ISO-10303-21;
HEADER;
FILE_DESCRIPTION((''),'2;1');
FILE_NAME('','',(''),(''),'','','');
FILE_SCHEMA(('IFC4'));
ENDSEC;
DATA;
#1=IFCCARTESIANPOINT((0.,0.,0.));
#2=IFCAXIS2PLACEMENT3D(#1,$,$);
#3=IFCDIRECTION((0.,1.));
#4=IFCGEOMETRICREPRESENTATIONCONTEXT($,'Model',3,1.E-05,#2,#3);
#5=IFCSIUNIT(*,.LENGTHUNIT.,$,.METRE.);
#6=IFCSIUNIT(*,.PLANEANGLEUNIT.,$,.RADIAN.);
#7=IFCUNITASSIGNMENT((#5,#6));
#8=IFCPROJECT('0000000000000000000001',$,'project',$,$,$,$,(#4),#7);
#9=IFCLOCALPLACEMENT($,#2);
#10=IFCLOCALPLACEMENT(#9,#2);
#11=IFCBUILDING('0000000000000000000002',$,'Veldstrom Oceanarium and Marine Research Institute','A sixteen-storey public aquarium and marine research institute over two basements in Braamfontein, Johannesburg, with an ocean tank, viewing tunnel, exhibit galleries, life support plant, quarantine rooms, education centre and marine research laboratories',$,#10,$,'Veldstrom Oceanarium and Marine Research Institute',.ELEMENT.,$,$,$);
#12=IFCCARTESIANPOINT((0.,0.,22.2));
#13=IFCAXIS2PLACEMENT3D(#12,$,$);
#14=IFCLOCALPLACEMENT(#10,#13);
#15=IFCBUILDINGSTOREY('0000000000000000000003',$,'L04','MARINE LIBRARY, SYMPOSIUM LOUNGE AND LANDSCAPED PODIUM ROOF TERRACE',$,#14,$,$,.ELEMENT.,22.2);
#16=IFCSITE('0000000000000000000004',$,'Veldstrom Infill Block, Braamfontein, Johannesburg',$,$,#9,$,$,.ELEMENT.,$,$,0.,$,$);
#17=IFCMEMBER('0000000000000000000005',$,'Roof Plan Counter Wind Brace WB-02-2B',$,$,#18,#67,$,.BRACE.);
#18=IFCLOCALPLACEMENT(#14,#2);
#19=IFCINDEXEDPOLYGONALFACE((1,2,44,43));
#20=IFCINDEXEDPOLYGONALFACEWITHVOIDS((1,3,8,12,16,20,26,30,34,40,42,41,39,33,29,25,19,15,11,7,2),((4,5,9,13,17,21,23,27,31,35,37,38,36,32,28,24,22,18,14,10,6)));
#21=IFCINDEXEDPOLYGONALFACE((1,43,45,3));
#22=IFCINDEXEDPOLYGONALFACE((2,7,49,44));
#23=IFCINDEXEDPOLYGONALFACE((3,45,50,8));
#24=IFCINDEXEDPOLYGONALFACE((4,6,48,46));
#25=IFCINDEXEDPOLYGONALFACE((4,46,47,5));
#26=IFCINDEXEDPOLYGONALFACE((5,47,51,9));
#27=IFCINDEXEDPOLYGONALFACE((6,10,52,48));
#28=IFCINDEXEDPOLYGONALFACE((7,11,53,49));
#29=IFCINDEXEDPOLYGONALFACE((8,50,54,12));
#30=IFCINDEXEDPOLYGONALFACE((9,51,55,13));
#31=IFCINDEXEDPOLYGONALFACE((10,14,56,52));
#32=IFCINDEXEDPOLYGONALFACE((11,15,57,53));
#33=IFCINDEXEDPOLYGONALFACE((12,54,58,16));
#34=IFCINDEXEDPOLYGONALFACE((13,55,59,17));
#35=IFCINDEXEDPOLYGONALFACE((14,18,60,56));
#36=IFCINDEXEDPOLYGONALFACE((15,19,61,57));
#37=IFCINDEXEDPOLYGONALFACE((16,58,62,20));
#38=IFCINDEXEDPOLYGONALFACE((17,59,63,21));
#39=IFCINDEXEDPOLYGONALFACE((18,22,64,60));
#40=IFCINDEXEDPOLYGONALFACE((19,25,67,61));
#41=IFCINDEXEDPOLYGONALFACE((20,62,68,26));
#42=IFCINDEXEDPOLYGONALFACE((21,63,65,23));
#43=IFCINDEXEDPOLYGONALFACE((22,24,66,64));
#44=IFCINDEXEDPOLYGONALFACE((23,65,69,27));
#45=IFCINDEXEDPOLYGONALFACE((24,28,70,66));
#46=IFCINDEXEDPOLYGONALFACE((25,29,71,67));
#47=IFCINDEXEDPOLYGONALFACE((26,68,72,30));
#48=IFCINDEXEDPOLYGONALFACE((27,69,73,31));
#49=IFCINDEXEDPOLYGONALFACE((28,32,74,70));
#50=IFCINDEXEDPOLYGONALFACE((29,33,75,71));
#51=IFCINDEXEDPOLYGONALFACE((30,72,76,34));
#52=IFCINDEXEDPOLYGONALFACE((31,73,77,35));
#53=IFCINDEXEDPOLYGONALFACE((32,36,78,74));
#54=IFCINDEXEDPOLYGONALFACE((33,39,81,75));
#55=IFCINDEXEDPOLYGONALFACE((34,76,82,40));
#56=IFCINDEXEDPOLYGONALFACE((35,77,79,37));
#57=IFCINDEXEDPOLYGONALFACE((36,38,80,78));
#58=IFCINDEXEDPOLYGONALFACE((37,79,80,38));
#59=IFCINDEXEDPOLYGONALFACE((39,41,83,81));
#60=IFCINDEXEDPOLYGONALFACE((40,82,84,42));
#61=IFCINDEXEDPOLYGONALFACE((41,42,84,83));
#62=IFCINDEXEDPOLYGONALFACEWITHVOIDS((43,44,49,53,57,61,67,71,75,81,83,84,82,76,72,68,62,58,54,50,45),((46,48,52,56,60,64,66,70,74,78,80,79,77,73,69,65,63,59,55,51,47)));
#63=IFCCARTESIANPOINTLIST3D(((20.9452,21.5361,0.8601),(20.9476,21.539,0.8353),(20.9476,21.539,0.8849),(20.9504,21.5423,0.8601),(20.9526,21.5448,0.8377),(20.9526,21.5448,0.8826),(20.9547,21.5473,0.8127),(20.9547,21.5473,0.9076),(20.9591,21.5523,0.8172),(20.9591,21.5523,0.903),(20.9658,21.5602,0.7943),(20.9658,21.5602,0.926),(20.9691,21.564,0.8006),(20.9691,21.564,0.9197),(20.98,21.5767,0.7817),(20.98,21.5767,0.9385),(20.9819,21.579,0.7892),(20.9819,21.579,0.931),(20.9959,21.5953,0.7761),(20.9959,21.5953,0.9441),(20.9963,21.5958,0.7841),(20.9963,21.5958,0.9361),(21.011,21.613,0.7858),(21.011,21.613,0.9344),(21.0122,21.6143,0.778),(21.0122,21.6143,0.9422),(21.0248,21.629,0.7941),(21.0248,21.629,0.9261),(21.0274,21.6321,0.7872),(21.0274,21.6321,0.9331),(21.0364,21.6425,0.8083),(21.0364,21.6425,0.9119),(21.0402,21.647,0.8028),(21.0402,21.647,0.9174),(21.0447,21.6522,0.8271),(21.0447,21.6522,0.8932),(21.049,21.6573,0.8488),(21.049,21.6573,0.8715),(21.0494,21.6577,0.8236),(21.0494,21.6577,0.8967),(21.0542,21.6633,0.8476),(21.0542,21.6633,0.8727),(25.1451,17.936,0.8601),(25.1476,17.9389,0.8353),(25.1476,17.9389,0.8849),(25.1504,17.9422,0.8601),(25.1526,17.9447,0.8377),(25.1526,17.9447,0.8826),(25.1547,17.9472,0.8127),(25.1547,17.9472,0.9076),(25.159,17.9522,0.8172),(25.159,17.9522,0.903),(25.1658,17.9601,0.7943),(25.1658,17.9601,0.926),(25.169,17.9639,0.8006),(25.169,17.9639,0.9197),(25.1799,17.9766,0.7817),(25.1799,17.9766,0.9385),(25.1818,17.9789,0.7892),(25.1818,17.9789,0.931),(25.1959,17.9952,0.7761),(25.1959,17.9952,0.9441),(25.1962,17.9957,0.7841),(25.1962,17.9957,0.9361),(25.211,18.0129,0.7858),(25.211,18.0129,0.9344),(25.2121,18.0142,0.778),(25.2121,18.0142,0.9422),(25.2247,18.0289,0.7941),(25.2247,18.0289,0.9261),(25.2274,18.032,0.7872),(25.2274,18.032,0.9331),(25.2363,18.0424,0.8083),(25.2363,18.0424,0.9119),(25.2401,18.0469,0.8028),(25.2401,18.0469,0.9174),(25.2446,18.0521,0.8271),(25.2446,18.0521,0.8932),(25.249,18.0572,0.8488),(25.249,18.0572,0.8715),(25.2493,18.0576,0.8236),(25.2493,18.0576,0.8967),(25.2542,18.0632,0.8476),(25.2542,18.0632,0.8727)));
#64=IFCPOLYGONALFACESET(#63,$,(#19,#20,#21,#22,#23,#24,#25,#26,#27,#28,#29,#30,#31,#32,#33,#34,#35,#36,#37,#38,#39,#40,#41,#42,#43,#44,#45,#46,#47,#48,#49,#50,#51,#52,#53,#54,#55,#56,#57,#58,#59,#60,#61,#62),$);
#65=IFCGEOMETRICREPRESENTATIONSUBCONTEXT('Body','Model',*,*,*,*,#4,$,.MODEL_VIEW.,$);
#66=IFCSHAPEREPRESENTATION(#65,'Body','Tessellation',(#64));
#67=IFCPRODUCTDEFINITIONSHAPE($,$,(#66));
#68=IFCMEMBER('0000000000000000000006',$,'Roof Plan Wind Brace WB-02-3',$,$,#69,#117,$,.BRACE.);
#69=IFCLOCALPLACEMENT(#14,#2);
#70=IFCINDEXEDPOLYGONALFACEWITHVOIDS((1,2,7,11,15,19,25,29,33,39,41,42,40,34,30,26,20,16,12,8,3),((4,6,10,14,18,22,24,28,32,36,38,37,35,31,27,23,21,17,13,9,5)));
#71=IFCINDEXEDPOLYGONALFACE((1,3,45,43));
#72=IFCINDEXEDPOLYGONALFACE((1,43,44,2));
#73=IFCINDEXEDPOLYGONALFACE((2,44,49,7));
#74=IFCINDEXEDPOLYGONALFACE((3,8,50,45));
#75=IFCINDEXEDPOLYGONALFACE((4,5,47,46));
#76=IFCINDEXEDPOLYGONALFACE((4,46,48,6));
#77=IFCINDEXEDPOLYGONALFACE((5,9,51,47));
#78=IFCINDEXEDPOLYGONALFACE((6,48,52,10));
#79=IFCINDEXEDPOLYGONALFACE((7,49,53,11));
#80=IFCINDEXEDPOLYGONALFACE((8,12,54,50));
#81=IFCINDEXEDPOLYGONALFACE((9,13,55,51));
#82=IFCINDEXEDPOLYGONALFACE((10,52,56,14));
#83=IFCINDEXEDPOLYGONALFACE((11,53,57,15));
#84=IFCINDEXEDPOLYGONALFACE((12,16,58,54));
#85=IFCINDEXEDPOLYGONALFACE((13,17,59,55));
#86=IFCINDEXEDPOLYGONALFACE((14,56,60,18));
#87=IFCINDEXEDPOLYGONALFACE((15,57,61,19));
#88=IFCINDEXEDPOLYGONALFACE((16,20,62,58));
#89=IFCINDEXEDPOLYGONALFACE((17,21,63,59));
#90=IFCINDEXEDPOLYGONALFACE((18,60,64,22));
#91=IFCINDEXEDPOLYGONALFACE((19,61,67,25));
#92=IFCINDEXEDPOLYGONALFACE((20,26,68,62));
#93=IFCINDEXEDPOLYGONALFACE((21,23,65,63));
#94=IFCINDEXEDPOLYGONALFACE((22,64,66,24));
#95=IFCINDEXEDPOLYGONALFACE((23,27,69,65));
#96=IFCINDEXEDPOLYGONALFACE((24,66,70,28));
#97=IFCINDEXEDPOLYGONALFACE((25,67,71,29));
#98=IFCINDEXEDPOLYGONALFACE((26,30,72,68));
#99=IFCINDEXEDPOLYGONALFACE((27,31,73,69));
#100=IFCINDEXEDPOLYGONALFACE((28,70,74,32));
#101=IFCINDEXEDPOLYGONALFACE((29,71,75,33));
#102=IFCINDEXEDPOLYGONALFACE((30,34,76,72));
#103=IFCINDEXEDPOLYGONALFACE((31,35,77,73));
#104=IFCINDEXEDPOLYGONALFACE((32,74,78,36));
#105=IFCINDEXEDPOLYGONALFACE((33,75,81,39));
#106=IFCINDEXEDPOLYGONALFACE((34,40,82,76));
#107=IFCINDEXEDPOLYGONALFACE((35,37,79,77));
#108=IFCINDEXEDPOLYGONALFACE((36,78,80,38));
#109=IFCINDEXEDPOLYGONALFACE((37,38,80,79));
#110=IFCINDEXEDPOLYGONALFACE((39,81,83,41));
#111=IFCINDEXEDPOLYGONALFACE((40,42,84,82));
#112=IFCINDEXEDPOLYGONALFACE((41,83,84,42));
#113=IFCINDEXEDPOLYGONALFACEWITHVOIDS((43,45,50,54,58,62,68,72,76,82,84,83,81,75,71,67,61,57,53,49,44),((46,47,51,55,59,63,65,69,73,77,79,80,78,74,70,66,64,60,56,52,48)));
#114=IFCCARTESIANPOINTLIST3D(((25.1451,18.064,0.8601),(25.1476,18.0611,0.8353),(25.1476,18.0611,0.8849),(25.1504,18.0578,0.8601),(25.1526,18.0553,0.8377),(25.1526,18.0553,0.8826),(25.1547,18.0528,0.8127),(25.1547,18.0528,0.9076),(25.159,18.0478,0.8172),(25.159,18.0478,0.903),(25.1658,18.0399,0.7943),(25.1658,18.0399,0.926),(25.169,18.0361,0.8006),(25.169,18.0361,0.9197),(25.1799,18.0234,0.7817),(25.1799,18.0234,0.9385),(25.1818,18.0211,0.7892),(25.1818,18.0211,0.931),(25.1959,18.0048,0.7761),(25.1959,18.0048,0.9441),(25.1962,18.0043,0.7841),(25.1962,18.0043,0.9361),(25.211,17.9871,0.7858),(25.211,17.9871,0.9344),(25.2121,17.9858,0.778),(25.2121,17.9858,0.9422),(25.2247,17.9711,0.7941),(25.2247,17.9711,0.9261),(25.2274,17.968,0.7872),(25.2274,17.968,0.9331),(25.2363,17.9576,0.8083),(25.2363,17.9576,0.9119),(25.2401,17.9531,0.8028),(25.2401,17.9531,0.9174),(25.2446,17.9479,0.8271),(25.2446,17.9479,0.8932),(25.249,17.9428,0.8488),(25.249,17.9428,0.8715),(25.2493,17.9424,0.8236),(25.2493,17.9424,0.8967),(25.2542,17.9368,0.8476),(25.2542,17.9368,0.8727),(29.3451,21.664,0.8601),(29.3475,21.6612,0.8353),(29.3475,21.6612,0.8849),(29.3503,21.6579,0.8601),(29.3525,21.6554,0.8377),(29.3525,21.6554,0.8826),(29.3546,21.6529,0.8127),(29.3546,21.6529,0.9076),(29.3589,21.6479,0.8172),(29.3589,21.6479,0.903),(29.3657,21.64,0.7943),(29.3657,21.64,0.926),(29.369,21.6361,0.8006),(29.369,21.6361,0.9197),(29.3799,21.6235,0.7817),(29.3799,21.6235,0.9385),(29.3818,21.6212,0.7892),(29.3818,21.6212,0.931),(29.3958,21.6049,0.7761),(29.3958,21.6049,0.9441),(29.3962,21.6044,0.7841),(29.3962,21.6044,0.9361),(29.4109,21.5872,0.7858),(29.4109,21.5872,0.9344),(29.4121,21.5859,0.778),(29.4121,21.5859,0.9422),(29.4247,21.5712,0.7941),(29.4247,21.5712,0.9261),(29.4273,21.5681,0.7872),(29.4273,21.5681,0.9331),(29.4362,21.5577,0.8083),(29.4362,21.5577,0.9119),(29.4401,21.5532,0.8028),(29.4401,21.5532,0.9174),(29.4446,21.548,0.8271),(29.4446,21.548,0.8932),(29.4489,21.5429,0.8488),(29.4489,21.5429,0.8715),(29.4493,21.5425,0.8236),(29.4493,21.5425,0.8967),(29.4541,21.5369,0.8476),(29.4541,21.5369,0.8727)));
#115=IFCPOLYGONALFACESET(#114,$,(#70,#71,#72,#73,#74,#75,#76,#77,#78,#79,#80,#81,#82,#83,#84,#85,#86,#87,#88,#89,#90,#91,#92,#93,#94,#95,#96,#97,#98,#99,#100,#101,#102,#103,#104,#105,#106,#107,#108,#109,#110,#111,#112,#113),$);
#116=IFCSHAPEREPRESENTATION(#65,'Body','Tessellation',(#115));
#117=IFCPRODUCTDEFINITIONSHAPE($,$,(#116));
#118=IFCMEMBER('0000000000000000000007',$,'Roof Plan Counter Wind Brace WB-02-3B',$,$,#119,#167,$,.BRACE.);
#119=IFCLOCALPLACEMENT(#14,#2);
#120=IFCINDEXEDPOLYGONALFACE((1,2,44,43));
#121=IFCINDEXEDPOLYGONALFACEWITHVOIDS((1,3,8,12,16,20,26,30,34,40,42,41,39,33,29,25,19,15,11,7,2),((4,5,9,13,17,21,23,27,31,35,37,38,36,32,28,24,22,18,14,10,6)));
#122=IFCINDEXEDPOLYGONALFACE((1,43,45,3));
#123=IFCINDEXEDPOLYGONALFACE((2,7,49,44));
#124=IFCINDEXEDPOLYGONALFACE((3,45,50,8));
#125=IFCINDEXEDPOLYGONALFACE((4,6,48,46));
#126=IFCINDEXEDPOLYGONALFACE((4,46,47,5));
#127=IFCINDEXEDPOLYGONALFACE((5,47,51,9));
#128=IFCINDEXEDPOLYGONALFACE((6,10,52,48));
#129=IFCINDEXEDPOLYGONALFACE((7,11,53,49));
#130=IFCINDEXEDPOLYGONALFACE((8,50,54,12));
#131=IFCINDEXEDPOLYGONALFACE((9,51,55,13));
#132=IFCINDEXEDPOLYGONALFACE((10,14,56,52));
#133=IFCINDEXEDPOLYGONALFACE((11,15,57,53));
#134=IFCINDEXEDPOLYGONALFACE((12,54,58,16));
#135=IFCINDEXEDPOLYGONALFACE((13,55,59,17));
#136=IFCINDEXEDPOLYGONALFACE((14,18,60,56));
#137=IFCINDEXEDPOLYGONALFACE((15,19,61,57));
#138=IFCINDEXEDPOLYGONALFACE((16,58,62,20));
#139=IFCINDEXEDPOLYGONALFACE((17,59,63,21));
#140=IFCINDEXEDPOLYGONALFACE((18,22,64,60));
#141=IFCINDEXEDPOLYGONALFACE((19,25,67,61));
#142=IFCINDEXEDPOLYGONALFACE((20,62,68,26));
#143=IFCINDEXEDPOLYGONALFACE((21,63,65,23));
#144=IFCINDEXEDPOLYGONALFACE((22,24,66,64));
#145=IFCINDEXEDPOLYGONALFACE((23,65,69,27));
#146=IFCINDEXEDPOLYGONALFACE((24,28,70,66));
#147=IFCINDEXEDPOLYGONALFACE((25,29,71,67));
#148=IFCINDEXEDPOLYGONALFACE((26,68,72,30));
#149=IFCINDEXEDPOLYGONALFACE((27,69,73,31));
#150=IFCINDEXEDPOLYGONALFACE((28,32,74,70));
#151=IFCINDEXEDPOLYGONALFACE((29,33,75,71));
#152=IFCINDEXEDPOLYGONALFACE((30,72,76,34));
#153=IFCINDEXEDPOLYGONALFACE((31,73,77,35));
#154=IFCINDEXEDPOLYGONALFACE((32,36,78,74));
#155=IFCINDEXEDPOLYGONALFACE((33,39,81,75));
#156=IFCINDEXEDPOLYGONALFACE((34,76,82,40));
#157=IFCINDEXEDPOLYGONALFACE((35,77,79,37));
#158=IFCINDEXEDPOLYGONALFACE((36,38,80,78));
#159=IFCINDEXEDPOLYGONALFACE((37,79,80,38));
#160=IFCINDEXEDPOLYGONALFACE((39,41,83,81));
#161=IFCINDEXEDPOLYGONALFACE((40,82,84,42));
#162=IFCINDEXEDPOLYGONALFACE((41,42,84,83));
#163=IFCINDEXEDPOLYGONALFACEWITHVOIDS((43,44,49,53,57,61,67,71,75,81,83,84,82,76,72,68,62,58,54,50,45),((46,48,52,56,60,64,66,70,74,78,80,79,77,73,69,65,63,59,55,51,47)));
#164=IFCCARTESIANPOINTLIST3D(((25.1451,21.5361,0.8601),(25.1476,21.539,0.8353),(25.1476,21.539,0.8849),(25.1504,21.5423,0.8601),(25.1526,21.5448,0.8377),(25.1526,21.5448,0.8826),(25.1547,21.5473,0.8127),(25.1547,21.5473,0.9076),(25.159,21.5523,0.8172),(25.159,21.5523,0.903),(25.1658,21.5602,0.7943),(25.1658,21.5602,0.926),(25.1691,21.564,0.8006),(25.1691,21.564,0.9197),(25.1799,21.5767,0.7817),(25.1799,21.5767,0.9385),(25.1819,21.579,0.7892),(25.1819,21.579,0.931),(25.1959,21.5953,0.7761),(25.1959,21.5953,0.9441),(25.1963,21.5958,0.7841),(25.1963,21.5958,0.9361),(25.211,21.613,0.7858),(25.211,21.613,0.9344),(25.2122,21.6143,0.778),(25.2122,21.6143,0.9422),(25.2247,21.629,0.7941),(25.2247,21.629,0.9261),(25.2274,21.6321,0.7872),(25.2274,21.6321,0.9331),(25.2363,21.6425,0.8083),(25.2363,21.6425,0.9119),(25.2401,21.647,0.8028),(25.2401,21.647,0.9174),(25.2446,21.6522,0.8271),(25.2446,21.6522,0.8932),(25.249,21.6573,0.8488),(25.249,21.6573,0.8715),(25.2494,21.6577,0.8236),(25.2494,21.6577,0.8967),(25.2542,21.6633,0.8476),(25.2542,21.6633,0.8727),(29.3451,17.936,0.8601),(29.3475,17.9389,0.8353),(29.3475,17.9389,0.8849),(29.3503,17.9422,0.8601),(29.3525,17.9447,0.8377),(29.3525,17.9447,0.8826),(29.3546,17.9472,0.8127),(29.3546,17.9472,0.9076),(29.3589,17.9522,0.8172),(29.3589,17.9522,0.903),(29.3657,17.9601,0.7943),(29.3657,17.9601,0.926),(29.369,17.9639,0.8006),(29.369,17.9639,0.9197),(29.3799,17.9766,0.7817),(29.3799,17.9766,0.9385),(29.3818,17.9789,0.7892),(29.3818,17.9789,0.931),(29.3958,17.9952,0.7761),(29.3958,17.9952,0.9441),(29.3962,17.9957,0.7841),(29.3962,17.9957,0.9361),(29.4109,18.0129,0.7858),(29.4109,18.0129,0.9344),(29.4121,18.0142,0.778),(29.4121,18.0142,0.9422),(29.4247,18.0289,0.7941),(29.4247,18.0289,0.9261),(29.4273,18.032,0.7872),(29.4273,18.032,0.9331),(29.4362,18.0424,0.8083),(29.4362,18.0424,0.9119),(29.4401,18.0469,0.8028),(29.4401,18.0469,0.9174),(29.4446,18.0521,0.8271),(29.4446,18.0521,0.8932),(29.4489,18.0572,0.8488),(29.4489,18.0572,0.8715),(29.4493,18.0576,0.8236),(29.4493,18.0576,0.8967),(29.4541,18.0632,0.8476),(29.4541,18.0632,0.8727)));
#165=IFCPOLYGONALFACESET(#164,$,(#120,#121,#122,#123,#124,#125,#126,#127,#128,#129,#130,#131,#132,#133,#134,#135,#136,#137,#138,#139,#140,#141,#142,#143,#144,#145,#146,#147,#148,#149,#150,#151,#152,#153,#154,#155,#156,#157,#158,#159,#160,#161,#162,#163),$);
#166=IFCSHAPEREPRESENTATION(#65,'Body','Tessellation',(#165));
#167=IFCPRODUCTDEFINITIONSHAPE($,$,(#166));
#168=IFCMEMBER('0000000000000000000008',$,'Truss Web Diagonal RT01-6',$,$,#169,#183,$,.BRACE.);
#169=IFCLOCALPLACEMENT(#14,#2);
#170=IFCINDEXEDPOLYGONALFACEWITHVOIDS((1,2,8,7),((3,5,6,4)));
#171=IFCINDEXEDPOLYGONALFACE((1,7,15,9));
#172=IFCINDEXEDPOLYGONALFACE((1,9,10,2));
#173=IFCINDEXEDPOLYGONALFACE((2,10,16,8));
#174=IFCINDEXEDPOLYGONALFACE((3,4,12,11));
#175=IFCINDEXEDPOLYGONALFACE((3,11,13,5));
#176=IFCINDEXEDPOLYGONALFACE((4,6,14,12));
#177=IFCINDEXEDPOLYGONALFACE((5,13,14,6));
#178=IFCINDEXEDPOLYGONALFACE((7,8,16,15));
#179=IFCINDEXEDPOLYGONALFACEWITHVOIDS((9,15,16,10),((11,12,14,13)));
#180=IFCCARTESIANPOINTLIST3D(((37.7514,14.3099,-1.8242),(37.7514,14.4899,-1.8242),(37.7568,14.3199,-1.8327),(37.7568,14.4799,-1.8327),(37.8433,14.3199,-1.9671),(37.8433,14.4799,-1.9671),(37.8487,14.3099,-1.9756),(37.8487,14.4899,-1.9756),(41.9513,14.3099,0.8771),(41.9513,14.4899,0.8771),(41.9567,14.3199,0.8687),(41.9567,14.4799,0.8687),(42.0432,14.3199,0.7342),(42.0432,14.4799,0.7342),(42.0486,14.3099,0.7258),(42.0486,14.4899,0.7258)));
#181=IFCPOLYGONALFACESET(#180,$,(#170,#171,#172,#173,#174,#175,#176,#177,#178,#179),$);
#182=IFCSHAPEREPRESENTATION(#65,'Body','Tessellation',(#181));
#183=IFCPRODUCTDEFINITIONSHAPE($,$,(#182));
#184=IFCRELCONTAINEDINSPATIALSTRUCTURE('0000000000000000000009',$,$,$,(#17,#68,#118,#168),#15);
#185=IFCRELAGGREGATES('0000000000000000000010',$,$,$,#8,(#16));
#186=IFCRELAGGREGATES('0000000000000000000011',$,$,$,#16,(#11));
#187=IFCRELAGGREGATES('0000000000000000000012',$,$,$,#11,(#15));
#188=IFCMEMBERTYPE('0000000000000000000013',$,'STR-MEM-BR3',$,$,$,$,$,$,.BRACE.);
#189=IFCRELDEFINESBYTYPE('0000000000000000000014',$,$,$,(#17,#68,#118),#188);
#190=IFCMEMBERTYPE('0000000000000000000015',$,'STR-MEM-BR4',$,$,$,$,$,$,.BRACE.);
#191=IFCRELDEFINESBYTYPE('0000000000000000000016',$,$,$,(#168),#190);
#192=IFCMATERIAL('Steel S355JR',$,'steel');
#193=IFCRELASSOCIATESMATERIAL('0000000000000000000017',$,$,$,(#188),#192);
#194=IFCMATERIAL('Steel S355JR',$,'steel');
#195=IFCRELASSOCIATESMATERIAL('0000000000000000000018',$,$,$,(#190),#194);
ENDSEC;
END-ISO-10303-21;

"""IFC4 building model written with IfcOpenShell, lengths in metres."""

from ifc_helpers import new_model, si_unit, direction, frame, origin, origin_2d, place, context, subcontext, project, spatial, hollow_rectangle, hollow_circle, extrude, material, material_profile, profile_set, type_object, element, save


model = new_model("IFC4")

# Units and contexts
model_context = context("Model", 3, precision=1e-05, world=origin(), true_north=direction((0.0, 1.0)))
body_context = subcontext(model_context, "Body", "Model", "MODEL_VIEW")
ifc_project = project(units=[si_unit("LENGTHUNIT", "METRE"), si_unit("PLANEANGLEUNIT", "RADIAN")], contexts=[model_context])

# Site, building, storey
site_placement = place(None, origin())
site = spatial("IfcSite", under=ifc_project, at=site_placement, Name="Veldstrom Infill Block, Braamfontein, Johannesburg", CompositionType="ELEMENT", RefElevation=0.0)
building_placement = place(site_placement, origin())
building = spatial("IfcBuilding", under=site, at=building_placement, Name="Veldstrom Oceanarium and Marine Research Institute", Description="A sixteen-storey public aquarium and marine research institute over two basements in Braamfontein, Johannesburg, with an ocean tank, viewing tunnel, exhibit galleries, life support plant, quarantine rooms, education centre and marine research laboratories", LongName="Veldstrom Oceanarium and Marine Research Institute", CompositionType="ELEMENT")
storey_placement = place(building_placement, frame((0.0, 0.0, 22.2)))
storey = spatial("IfcBuildingStorey", under=building, at=storey_placement, Name="L04", Description="MARINE LIBRARY, SYMPOSIUM LOUNGE AND LANDSCAPED PODIUM ROOF TERRACE", CompositionType="ELEMENT", Elevation=22.2)

# Members
ifc_material_1 = material(Name="Steel S355JR", Category="steel")
ifc_material_profile_1 = material_profile(ifc_material_1, hollow_circle(Radius=0.0842, WallThickness=0.0081, at=origin_2d()), Name="CHS 168.3x8")
ifc_profile_set_1 = profile_set([ifc_material_profile_1], Name="Steel S355JR")
member_type_1 = type_object("IfcMemberType", Name="STR-MEM-BR3", PredefinedType="BRACE", material=ifc_profile_set_1)
for number, where, z_axis, x_axis, name in (
    (1, (25.2, 18.0, 0.8601), (-0.759244, 0.650806, 0.0), (-0.650806, -0.759244, 0.0), "Roof Plan Counter Wind Brace WB-02-2B"),
    (2, (25.2, 18.0, 0.8601), (0.759244, 0.650806, 0.0), (-0.650806, 0.759244, 0.0), "Roof Plan Wind Brace WB-02-3"),
    (3, (29.3999, 18.0, 0.8601), (-0.759244, 0.650806, 0.0), (-0.650806, -0.759244, 0.0), "Roof Plan Counter Wind Brace WB-02-3B"),
):
    element("IfcMember", number, at=place(storey_placement, frame(where, z_axis=z_axis, x_axis=x_axis)), inside=storey, type_object=member_type_1, Name=name, PredefinedType="BRACE", context=body_context, shape_type="SweptSolid", body=[
        extrude(hollow_circle(Radius=0.0842, WallThickness=0.0081, at=origin_2d()), origin(), (0.0, 0.0, 1.0), 5.5317),
    ])
ifc_material_2 = material(Name="Steel S355JR", Category="steel")
ifc_material_profile_2 = material_profile(ifc_material_2, hollow_rectangle(XDim=0.1799, YDim=0.1799, WallThickness=0.01, at=origin_2d()), Name="SHS 180x180x10")
ifc_profile_set_2 = profile_set([ifc_material_profile_2], Name="Steel S355JR")
member_type_2 = type_object("IfcMemberType", Name="STR-MEM-BR4", PredefinedType="BRACE", material=ifc_profile_set_2)
member_1_placement = place(storey_placement, frame((37.8, 14.3999, -1.8999), z_axis=(0.841047, 0.0, 0.540963), x_axis=(0.0, 1.0, 0.0)))
element("IfcMember", 4, at=member_1_placement, inside=storey, type_object=member_type_2, Name="Truss Web Diagonal RT01-6", PredefinedType="BRACE", context=body_context, shape_type="SweptSolid", body=[
    extrude(hollow_rectangle(XDim=0.1799, YDim=0.1799, WallThickness=0.01, at=origin_2d()), origin(), (0.0, 0.0, 1.0), 4.9937),
])

save(model, "model.ifc")
